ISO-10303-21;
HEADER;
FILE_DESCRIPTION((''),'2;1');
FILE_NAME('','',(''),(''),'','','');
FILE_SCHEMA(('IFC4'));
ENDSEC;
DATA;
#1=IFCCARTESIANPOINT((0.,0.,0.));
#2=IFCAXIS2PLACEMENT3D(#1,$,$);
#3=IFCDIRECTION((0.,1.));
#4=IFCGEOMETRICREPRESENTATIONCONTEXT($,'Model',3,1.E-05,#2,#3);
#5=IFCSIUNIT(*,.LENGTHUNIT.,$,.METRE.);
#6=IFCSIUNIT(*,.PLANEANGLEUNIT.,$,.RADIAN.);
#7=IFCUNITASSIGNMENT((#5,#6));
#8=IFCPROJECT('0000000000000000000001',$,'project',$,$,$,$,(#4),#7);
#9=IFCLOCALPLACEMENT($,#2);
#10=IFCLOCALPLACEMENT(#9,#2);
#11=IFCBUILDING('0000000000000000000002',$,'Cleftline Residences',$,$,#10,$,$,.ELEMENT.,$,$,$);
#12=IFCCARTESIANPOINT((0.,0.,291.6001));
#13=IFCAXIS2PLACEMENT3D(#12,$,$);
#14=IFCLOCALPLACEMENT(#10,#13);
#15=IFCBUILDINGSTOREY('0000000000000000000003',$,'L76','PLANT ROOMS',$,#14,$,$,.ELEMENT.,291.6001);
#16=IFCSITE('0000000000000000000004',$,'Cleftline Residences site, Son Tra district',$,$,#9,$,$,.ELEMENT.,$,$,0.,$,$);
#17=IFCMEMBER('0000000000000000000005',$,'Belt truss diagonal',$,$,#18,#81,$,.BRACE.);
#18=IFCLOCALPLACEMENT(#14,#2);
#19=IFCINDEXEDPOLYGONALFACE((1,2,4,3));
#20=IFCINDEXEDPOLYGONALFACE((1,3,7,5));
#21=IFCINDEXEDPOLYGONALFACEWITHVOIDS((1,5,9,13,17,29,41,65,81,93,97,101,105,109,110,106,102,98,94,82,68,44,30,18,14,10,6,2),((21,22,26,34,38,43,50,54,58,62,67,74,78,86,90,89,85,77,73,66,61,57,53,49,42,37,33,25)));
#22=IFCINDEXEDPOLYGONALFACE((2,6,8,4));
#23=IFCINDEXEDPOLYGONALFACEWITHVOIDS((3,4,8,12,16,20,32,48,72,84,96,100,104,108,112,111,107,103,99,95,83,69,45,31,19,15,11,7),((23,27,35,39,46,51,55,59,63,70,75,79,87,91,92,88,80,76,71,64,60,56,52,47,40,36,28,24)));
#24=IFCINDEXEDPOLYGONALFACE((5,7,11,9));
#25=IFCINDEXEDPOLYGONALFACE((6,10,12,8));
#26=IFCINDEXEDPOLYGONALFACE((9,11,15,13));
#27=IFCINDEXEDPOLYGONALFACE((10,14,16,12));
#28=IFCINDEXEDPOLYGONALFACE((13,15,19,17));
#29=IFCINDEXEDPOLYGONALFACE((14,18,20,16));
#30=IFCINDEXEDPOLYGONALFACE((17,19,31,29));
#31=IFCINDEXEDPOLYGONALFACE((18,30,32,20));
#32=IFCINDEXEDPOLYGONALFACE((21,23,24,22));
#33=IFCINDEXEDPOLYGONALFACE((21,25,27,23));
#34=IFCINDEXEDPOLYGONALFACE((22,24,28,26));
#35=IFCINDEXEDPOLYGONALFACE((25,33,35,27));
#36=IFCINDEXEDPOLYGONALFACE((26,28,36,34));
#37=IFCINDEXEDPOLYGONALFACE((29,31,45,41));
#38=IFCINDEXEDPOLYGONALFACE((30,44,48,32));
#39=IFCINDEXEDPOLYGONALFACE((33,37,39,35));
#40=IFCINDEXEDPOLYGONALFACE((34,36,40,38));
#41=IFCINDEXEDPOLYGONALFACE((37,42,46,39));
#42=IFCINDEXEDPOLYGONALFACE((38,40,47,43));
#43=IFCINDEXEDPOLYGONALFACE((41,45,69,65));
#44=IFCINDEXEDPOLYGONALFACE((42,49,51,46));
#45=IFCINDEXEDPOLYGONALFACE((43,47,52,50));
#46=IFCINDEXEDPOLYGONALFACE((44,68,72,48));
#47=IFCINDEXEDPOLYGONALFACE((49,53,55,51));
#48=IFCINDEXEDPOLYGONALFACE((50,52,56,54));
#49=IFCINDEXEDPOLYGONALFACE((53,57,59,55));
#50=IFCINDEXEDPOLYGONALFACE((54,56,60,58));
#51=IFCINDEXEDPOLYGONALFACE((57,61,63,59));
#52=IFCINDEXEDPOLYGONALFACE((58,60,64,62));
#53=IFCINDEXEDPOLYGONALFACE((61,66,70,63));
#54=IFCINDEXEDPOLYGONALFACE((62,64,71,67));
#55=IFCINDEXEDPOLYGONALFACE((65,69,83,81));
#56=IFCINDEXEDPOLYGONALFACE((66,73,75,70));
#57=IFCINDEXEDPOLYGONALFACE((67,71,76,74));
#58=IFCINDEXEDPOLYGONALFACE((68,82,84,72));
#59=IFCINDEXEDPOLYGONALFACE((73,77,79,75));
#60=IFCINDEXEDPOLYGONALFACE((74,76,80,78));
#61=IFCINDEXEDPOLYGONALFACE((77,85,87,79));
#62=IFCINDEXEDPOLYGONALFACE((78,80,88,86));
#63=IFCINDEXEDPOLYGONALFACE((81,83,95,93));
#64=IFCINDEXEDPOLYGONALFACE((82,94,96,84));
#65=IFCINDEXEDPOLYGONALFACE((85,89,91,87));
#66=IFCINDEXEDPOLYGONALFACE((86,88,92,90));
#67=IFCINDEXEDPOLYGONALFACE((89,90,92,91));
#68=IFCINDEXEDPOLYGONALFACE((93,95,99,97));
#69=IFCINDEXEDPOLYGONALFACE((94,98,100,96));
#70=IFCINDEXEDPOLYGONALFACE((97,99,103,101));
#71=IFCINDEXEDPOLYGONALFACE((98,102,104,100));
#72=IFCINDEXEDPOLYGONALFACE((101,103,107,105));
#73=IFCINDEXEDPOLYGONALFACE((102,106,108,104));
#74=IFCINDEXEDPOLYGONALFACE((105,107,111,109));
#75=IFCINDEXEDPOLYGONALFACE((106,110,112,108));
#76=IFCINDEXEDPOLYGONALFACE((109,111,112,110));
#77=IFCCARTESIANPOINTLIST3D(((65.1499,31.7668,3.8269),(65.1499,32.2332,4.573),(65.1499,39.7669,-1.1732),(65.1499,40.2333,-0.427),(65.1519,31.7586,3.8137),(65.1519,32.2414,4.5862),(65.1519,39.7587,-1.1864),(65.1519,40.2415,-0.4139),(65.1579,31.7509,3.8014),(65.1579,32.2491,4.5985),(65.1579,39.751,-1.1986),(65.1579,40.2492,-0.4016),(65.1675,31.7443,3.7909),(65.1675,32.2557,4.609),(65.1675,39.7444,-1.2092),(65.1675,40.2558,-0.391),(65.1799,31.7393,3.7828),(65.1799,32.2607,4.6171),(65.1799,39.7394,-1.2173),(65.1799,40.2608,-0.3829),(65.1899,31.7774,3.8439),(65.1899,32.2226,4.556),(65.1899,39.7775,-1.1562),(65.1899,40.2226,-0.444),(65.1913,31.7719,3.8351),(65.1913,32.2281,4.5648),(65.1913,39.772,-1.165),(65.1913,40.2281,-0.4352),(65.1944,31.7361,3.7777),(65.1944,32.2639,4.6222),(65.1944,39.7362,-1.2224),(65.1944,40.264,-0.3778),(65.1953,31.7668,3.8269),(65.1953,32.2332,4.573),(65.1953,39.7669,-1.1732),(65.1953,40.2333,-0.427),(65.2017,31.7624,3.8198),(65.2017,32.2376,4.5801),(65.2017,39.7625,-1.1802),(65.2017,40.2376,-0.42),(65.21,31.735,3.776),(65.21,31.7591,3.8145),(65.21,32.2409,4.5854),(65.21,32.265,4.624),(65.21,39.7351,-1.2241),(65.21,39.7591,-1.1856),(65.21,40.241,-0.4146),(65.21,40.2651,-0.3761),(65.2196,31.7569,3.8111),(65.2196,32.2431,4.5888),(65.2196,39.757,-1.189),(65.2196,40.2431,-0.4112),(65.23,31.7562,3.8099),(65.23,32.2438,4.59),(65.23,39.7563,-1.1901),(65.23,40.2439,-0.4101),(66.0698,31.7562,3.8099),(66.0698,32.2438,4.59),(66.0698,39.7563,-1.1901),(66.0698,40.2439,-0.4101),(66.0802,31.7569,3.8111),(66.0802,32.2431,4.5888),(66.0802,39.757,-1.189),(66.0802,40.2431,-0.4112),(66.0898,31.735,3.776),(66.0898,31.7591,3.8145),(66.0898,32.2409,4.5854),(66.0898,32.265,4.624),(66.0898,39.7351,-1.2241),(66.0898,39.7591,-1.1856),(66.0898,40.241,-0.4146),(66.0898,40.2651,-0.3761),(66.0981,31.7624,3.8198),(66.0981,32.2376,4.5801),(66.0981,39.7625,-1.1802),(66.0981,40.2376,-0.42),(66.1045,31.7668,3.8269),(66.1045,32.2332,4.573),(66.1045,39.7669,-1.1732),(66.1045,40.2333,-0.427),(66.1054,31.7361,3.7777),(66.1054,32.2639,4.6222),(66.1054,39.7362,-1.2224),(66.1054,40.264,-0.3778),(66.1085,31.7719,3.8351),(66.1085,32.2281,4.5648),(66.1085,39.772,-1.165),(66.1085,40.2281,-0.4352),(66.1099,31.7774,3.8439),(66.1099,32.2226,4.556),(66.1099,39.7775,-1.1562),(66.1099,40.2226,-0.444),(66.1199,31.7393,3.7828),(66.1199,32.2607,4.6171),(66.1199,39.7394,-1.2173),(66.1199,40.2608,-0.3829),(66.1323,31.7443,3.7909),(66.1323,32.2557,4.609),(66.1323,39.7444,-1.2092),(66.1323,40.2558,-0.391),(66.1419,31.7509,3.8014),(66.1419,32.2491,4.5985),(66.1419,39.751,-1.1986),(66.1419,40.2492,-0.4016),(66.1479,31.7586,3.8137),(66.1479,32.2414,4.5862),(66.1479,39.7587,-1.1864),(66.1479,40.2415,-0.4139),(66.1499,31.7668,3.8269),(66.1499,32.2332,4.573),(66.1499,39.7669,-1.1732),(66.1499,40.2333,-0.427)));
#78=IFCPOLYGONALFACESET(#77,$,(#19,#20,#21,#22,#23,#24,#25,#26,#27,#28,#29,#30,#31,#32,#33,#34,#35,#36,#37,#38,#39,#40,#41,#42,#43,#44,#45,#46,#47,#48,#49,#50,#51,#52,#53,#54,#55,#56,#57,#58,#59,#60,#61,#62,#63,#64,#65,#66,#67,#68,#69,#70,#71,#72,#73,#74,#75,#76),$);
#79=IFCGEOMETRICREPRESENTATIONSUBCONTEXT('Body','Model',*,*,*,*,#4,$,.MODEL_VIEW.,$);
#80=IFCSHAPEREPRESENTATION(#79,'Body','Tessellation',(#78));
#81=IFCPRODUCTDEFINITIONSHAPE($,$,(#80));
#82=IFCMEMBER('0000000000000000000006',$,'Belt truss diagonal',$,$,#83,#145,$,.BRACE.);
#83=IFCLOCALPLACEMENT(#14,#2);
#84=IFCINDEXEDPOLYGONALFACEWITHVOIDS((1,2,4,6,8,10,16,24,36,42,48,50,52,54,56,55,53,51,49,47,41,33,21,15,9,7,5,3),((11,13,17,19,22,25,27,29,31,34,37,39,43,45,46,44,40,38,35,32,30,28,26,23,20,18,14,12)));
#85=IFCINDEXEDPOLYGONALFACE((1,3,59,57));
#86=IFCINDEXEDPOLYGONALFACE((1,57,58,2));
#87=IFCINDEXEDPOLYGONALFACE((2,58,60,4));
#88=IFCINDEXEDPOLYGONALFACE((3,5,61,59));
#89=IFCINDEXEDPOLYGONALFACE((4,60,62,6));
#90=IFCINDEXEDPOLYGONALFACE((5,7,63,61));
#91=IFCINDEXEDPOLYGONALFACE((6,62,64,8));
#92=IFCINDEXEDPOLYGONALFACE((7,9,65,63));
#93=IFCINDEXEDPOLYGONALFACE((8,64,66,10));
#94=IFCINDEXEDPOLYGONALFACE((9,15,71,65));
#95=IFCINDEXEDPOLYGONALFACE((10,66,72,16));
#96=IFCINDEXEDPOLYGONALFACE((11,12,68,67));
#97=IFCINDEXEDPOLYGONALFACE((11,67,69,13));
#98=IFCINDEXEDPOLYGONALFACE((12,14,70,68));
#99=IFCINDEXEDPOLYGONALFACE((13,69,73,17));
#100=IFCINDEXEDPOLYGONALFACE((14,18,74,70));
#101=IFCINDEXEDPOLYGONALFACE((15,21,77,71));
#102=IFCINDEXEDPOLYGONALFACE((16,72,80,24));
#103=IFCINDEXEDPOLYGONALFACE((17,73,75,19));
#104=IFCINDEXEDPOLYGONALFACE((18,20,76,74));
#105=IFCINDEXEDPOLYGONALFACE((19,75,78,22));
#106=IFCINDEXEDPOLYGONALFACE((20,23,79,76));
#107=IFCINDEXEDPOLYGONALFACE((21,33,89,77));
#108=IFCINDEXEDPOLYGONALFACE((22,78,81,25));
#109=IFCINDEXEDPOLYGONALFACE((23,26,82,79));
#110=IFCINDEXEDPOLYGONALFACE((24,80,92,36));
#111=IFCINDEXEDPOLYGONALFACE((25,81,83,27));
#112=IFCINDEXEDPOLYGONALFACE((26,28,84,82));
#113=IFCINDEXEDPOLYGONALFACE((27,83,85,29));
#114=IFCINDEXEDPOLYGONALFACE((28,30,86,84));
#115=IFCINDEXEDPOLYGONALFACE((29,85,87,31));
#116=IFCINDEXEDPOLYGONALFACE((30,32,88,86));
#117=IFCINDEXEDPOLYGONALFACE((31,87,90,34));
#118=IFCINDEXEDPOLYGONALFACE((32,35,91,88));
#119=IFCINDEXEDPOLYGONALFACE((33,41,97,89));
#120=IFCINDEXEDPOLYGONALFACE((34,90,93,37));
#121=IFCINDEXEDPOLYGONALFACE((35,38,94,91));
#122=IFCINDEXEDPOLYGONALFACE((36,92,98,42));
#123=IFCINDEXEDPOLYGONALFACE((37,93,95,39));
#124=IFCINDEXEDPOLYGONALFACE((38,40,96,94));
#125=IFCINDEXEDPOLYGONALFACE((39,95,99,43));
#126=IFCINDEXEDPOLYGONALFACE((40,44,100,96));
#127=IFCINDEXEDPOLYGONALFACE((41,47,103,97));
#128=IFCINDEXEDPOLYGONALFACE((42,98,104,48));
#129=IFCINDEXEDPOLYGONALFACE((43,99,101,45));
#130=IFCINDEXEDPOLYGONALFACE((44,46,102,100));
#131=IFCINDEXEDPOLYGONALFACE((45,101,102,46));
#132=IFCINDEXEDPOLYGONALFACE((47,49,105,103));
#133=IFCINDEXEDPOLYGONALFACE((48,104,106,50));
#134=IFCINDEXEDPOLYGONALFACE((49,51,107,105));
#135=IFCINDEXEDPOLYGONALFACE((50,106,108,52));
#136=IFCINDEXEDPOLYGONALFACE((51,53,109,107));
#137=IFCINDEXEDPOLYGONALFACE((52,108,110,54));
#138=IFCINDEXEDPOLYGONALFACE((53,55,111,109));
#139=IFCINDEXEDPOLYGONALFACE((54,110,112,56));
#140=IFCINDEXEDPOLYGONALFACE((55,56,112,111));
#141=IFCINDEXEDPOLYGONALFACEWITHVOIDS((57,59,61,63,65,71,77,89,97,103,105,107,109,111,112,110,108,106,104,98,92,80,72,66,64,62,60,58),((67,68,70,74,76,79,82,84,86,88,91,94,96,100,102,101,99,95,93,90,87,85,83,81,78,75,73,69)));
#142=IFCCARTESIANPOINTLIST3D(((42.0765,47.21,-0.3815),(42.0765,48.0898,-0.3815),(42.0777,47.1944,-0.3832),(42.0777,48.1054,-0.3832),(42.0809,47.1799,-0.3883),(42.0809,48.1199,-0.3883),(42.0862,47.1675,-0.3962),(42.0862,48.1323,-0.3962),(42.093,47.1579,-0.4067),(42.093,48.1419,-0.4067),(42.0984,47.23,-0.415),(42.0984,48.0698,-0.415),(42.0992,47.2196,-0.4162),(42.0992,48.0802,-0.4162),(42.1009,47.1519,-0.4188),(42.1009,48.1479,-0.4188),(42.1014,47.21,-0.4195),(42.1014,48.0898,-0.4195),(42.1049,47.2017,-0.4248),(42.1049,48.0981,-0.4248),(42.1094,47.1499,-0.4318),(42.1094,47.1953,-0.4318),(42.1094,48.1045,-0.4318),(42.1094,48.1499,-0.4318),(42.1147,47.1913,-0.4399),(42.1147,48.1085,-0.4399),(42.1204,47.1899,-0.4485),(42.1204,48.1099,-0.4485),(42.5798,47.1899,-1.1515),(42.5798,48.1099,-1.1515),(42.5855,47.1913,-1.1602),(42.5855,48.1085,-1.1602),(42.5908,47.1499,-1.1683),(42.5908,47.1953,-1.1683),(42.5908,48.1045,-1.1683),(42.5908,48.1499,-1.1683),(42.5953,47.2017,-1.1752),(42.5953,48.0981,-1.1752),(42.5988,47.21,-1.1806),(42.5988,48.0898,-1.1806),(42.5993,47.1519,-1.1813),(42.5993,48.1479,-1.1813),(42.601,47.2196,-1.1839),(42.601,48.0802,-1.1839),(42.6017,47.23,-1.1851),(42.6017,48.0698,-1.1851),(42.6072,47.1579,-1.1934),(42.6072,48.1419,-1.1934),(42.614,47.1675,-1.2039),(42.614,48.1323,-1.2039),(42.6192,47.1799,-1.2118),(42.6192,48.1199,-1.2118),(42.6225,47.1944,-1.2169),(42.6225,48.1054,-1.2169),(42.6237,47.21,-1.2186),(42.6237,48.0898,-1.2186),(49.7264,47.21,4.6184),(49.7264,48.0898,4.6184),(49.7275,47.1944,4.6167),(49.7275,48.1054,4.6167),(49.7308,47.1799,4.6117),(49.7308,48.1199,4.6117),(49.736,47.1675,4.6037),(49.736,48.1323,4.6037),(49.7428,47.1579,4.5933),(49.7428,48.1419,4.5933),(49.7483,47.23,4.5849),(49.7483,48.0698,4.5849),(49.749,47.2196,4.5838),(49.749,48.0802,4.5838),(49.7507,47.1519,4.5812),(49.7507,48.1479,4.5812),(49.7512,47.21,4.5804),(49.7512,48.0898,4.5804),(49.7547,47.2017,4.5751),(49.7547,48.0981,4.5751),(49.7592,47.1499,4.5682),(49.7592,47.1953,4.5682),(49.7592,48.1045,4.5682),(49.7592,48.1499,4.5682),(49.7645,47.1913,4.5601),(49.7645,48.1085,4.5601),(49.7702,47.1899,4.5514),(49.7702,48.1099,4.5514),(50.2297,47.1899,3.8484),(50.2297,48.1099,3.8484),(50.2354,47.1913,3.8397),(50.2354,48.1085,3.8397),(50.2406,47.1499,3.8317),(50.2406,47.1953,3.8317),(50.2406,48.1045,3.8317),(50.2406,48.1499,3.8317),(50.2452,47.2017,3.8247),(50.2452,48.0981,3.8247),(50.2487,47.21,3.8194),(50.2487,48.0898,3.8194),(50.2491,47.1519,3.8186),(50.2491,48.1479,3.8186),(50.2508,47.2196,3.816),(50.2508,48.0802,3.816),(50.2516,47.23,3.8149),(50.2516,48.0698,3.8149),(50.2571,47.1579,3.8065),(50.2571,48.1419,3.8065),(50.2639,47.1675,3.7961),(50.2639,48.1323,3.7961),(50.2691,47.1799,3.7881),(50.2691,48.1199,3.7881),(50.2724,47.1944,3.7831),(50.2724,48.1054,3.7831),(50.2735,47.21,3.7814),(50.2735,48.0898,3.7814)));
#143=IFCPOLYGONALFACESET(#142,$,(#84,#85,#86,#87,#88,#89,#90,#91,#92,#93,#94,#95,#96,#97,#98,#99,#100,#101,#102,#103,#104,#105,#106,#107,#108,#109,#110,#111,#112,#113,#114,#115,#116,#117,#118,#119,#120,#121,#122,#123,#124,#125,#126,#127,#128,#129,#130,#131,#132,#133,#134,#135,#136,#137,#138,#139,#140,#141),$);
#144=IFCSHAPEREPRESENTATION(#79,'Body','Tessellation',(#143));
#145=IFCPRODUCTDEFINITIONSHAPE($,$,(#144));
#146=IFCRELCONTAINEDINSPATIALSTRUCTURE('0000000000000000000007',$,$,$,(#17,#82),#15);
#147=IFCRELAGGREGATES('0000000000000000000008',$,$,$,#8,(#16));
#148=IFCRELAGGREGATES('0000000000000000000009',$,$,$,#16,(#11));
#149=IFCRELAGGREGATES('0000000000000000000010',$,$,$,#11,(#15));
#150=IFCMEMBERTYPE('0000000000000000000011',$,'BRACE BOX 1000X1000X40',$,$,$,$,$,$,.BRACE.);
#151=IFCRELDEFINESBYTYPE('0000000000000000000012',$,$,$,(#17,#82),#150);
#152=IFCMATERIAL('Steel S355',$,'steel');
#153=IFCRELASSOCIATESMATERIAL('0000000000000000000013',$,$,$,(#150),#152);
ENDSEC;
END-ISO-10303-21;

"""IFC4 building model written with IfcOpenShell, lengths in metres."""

from ifc_helpers import new_model, si_unit, direction, frame, origin, origin_2d, place, context, subcontext, project, spatial, hollow_rectangle, extrude, material, material_profile, profile_set, type_object, element, save


model = new_model("IFC4")

# Units and contexts
model_context = context("Model", 3, precision=1e-05, world=origin(), true_north=direction((0.0, 1.0)))
body_context = subcontext(model_context, "Body", "Model", "MODEL_VIEW")
ifc_project = project(units=[si_unit("LENGTHUNIT", "METRE"), si_unit("PLANEANGLEUNIT", "RADIAN")], contexts=[model_context])

# Site, building, storey
site_placement = place(None, origin())
site = spatial("IfcSite", under=ifc_project, at=site_placement, Name="Cleftline Residences site, Son Tra district", CompositionType="ELEMENT", RefElevation=0.0)
building_placement = place(site_placement, origin())
building = spatial("IfcBuilding", under=site, at=building_placement, Name="Cleftline Residences", CompositionType="ELEMENT")
storey_placement = place(building_placement, frame((0.0, 0.0, 291.6001)))
storey = spatial("IfcBuildingStorey", under=building, at=storey_placement, Name="L76", Description="PLANT ROOMS", CompositionType="ELEMENT", Elevation=291.6001)

# Members
ifc_material_1 = material(Name="Steel S355", Category="steel")
ifc_material_profile_1 = material_profile(ifc_material_1, hollow_rectangle(XDim=1.0, YDim=1.0, WallThickness=0.04, InnerFilletRadius=0.04, OuterFilletRadius=0.0601, at=origin_2d()))
ifc_profile_set_1 = profile_set([ifc_material_profile_1], Name="Steel S355")
member_type_1 = type_object("IfcMemberType", Name="BRACE BOX 1000X1000X40", PredefinedType="BRACE", material=ifc_profile_set_1)
member_1_placement = place(storey_placement, frame((65.6499, 32.0, 4.2), z_axis=(0.0, 0.847998, -0.529999), x_axis=(0.0, 0.529999, 0.847998)))
element("IfcMember", 1, at=member_1_placement, inside=storey, type_object=member_type_1, Name="Belt truss diagonal", PredefinedType="BRACE", context=body_context, shape_type="SweptSolid", body=[
    extrude(hollow_rectangle(XDim=1.0, YDim=1.0, WallThickness=0.04, InnerFilletRadius=0.04, OuterFilletRadius=0.0601, at=origin_2d()), origin(), (0.0, 0.0, 1.0), 9.4341),
])
member_2_placement = place(storey_placement, frame((42.3501, 47.6499, -0.8), z_axis=(0.837063, 0.0, 0.547107), x_axis=(-0.547107, 0.0, 0.837063)))
element("IfcMember", 2, at=member_2_placement, inside=storey, type_object=member_type_1, Name="Belt truss diagonal", PredefinedType="BRACE", context=body_context, shape_type="SweptSolid", body=[
    extrude(hollow_rectangle(XDim=1.0, YDim=1.0, WallThickness=0.04, InnerFilletRadius=0.04, OuterFilletRadius=0.0601, at=origin_2d()), origin(), (0.0, 0.0, 1.0), 9.1389),
])

save(model, "model.ifc")
